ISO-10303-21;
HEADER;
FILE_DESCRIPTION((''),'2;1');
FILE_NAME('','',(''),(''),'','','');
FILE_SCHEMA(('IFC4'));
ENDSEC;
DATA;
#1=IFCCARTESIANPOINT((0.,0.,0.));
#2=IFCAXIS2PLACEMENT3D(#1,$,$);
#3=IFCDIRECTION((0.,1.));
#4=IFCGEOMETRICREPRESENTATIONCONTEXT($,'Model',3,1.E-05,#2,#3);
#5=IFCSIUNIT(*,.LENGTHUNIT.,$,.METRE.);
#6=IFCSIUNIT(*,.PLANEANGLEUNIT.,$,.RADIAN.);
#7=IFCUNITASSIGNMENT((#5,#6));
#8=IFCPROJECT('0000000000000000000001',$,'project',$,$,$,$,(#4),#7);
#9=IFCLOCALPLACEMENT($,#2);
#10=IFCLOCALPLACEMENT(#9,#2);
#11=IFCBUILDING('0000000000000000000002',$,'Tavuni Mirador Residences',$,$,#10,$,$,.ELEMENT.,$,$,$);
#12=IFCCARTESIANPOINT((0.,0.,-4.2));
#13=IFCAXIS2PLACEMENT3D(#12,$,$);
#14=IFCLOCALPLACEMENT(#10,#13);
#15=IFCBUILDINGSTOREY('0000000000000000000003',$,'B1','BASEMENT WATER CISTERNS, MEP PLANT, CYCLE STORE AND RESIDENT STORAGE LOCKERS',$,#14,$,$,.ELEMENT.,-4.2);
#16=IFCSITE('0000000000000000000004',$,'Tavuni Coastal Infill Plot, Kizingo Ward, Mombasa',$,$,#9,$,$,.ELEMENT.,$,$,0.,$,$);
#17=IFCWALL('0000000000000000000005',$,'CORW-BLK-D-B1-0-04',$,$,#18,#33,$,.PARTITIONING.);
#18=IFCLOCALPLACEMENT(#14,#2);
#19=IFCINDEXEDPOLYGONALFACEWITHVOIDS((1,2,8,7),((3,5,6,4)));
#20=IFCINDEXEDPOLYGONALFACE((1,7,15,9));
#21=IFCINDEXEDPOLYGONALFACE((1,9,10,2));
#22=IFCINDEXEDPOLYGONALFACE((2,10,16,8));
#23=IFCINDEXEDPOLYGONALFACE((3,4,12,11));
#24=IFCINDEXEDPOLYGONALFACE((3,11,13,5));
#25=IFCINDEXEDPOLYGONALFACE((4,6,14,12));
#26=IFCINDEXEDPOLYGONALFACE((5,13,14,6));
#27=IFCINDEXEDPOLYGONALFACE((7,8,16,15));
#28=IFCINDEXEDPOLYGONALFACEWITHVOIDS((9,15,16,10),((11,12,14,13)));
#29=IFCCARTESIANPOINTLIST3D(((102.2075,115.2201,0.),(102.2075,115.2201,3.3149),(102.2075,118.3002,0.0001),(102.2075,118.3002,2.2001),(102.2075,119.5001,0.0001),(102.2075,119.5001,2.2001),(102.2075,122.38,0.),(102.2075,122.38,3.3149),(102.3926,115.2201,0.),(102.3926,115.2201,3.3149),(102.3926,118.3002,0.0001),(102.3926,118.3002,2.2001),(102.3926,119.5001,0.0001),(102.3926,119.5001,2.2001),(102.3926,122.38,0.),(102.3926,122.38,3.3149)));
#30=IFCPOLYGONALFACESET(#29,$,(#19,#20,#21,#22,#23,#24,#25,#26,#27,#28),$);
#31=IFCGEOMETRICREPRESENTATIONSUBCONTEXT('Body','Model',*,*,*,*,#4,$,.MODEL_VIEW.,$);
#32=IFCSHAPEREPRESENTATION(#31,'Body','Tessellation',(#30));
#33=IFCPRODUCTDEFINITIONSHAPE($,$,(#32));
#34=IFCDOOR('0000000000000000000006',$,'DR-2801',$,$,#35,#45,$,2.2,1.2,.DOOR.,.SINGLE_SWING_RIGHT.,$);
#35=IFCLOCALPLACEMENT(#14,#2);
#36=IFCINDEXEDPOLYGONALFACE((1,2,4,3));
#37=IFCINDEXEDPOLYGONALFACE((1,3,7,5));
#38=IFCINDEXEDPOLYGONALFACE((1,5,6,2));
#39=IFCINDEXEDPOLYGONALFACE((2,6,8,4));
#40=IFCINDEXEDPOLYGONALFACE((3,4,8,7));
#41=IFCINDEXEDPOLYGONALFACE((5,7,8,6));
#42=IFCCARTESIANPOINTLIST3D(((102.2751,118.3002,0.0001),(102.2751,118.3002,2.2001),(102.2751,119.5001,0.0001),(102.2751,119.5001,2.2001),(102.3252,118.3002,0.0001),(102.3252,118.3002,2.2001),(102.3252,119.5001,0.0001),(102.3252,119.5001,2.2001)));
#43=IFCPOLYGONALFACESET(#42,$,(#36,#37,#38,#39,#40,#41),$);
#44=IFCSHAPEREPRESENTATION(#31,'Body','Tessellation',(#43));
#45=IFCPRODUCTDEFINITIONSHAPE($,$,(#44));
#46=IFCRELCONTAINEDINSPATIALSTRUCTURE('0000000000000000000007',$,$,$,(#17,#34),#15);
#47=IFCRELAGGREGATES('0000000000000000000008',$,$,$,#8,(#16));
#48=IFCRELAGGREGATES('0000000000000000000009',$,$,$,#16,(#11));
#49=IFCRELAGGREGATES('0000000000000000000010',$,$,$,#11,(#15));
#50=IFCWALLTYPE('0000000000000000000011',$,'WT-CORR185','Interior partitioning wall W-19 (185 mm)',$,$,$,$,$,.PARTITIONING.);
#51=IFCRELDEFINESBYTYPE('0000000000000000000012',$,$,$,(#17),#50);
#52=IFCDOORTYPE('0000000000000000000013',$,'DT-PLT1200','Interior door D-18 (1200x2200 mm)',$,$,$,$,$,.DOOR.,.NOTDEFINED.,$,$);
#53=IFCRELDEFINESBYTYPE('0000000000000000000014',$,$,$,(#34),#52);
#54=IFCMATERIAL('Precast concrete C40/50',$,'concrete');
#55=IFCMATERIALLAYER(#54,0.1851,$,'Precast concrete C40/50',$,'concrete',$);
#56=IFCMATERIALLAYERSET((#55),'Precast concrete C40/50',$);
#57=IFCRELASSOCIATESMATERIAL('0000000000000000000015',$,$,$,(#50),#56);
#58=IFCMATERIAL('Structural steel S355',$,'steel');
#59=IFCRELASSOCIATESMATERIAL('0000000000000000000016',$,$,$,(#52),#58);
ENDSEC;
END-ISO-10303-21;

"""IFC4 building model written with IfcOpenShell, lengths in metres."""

from ifc_helpers import new_model, si_unit, direction, frame, frame_2d, origin, place, context, subcontext, project, spatial, rectangle, extrude, material, layer, layer_set, type_object, element, fill, save


model = new_model("IFC4")

# Units and contexts
model_context = context("Model", 3, precision=1e-05, world=origin(), true_north=direction((0.0, 1.0)))
body_context = subcontext(model_context, "Body", "Model", "MODEL_VIEW")
ifc_project = project(units=[si_unit("LENGTHUNIT", "METRE"), si_unit("PLANEANGLEUNIT", "RADIAN")], contexts=[model_context])

# Site, building, storey
site_placement = place(None, origin())
site = spatial("IfcSite", under=ifc_project, at=site_placement, Name="Tavuni Coastal Infill Plot, Kizingo Ward, Mombasa", CompositionType="ELEMENT", RefElevation=0.0)
building_placement = place(site_placement, origin())
building = spatial("IfcBuilding", under=site, at=building_placement, Name="Tavuni Mirador Residences", CompositionType="ELEMENT")
storey_placement = place(building_placement, frame((0.0, 0.0, -4.2)))
storey = spatial("IfcBuildingStorey", under=building, at=storey_placement, Name="B1", Description="BASEMENT WATER CISTERNS, MEP PLANT, CYCLE STORE AND RESIDENT STORAGE LOCKERS", CompositionType="ELEMENT", Elevation=-4.2)

# Shared definitions
ifc_material_1 = material(Name="Precast concrete C40/50", Category="concrete")

# Wall, opening, door
ifc_layer_1 = layer(ifc_material_1, 0.1851, Name="Precast concrete C40/50", Category="concrete")
ifc_layer_set_1 = layer_set([ifc_layer_1], Name="Precast concrete C40/50")
wall_type_1 = type_object("IfcWallType", Name="WT-CORR185", Description="Interior partitioning wall W-19 (185 mm)", PredefinedType="PARTITIONING", material=ifc_layer_set_1)
ifc_material_2 = material(Name="Structural steel S355", Category="steel")
door_type_1 = type_object("IfcDoorType", Name="DT-PLT1200", Description="Interior door D-18 (1200x2200 mm)", OperationType="NOTDEFINED", PredefinedType="DOOR", material=ifc_material_2)
wall_1_placement = place(storey_placement, frame((102.3, 115.22, 0.0), z_axis=(0.0, 0.0, 1.0), x_axis=(0.0, 1.0, 0.0)))
wall_1 = element("IfcWall", 1, at=wall_1_placement, inside=storey, type_object=wall_type_1, Name="CORW-BLK-D-B1-0-04", PredefinedType="PARTITIONING", context=body_context, shape_type="SweptSolid", body=[
    extrude(rectangle(XDim=7.1599, YDim=0.1851, at=frame_2d((3.5801, 0.0))), origin(), (0.0, 0.0, 1.0), 3.3149),
])
opening_1_placement = place(wall_1_placement, frame((3.0801, 0.0, 0.0)))
opening_1 = element("IfcOpeningElement", 2, at=opening_1_placement, cuts=wall_1, PredefinedType="OPENING", context=body_context, shape_type="SweptSolid", body=[
    extrude(rectangle(XDim=1.2, YDim=2.2, at=frame_2d((0.6001, 1.1001))), frame((0.0, 0.1025, 0.0), z_axis=(0.0, -1.0, 0.0), x_axis=(1.0, 0.0, 0.0)), (0.0, 0.0, 1.0), 0.2051),
])
door_1_placement = place(opening_1_placement, origin())
door_1 = element("IfcDoor", 3, at=door_1_placement, inside=storey, type_object=door_type_1, Name="DR-2801", OperationType="SINGLE_SWING_RIGHT", OverallHeight=2.2, OverallWidth=1.2, PredefinedType="DOOR", context=body_context, shape_type="SweptSolid", body=[
    extrude(rectangle(XDim=1.2, YDim=2.2, at=frame_2d((0.6001, 1.1001))), frame((0.0, 0.0249, 0.0), z_axis=(0.0, -1.0, 0.0), x_axis=(1.0, 0.0, 0.0)), (0.0, 0.0, 1.0), 0.05),
])
fill(opening_1, door_1)

save(model, "model.ifc")
